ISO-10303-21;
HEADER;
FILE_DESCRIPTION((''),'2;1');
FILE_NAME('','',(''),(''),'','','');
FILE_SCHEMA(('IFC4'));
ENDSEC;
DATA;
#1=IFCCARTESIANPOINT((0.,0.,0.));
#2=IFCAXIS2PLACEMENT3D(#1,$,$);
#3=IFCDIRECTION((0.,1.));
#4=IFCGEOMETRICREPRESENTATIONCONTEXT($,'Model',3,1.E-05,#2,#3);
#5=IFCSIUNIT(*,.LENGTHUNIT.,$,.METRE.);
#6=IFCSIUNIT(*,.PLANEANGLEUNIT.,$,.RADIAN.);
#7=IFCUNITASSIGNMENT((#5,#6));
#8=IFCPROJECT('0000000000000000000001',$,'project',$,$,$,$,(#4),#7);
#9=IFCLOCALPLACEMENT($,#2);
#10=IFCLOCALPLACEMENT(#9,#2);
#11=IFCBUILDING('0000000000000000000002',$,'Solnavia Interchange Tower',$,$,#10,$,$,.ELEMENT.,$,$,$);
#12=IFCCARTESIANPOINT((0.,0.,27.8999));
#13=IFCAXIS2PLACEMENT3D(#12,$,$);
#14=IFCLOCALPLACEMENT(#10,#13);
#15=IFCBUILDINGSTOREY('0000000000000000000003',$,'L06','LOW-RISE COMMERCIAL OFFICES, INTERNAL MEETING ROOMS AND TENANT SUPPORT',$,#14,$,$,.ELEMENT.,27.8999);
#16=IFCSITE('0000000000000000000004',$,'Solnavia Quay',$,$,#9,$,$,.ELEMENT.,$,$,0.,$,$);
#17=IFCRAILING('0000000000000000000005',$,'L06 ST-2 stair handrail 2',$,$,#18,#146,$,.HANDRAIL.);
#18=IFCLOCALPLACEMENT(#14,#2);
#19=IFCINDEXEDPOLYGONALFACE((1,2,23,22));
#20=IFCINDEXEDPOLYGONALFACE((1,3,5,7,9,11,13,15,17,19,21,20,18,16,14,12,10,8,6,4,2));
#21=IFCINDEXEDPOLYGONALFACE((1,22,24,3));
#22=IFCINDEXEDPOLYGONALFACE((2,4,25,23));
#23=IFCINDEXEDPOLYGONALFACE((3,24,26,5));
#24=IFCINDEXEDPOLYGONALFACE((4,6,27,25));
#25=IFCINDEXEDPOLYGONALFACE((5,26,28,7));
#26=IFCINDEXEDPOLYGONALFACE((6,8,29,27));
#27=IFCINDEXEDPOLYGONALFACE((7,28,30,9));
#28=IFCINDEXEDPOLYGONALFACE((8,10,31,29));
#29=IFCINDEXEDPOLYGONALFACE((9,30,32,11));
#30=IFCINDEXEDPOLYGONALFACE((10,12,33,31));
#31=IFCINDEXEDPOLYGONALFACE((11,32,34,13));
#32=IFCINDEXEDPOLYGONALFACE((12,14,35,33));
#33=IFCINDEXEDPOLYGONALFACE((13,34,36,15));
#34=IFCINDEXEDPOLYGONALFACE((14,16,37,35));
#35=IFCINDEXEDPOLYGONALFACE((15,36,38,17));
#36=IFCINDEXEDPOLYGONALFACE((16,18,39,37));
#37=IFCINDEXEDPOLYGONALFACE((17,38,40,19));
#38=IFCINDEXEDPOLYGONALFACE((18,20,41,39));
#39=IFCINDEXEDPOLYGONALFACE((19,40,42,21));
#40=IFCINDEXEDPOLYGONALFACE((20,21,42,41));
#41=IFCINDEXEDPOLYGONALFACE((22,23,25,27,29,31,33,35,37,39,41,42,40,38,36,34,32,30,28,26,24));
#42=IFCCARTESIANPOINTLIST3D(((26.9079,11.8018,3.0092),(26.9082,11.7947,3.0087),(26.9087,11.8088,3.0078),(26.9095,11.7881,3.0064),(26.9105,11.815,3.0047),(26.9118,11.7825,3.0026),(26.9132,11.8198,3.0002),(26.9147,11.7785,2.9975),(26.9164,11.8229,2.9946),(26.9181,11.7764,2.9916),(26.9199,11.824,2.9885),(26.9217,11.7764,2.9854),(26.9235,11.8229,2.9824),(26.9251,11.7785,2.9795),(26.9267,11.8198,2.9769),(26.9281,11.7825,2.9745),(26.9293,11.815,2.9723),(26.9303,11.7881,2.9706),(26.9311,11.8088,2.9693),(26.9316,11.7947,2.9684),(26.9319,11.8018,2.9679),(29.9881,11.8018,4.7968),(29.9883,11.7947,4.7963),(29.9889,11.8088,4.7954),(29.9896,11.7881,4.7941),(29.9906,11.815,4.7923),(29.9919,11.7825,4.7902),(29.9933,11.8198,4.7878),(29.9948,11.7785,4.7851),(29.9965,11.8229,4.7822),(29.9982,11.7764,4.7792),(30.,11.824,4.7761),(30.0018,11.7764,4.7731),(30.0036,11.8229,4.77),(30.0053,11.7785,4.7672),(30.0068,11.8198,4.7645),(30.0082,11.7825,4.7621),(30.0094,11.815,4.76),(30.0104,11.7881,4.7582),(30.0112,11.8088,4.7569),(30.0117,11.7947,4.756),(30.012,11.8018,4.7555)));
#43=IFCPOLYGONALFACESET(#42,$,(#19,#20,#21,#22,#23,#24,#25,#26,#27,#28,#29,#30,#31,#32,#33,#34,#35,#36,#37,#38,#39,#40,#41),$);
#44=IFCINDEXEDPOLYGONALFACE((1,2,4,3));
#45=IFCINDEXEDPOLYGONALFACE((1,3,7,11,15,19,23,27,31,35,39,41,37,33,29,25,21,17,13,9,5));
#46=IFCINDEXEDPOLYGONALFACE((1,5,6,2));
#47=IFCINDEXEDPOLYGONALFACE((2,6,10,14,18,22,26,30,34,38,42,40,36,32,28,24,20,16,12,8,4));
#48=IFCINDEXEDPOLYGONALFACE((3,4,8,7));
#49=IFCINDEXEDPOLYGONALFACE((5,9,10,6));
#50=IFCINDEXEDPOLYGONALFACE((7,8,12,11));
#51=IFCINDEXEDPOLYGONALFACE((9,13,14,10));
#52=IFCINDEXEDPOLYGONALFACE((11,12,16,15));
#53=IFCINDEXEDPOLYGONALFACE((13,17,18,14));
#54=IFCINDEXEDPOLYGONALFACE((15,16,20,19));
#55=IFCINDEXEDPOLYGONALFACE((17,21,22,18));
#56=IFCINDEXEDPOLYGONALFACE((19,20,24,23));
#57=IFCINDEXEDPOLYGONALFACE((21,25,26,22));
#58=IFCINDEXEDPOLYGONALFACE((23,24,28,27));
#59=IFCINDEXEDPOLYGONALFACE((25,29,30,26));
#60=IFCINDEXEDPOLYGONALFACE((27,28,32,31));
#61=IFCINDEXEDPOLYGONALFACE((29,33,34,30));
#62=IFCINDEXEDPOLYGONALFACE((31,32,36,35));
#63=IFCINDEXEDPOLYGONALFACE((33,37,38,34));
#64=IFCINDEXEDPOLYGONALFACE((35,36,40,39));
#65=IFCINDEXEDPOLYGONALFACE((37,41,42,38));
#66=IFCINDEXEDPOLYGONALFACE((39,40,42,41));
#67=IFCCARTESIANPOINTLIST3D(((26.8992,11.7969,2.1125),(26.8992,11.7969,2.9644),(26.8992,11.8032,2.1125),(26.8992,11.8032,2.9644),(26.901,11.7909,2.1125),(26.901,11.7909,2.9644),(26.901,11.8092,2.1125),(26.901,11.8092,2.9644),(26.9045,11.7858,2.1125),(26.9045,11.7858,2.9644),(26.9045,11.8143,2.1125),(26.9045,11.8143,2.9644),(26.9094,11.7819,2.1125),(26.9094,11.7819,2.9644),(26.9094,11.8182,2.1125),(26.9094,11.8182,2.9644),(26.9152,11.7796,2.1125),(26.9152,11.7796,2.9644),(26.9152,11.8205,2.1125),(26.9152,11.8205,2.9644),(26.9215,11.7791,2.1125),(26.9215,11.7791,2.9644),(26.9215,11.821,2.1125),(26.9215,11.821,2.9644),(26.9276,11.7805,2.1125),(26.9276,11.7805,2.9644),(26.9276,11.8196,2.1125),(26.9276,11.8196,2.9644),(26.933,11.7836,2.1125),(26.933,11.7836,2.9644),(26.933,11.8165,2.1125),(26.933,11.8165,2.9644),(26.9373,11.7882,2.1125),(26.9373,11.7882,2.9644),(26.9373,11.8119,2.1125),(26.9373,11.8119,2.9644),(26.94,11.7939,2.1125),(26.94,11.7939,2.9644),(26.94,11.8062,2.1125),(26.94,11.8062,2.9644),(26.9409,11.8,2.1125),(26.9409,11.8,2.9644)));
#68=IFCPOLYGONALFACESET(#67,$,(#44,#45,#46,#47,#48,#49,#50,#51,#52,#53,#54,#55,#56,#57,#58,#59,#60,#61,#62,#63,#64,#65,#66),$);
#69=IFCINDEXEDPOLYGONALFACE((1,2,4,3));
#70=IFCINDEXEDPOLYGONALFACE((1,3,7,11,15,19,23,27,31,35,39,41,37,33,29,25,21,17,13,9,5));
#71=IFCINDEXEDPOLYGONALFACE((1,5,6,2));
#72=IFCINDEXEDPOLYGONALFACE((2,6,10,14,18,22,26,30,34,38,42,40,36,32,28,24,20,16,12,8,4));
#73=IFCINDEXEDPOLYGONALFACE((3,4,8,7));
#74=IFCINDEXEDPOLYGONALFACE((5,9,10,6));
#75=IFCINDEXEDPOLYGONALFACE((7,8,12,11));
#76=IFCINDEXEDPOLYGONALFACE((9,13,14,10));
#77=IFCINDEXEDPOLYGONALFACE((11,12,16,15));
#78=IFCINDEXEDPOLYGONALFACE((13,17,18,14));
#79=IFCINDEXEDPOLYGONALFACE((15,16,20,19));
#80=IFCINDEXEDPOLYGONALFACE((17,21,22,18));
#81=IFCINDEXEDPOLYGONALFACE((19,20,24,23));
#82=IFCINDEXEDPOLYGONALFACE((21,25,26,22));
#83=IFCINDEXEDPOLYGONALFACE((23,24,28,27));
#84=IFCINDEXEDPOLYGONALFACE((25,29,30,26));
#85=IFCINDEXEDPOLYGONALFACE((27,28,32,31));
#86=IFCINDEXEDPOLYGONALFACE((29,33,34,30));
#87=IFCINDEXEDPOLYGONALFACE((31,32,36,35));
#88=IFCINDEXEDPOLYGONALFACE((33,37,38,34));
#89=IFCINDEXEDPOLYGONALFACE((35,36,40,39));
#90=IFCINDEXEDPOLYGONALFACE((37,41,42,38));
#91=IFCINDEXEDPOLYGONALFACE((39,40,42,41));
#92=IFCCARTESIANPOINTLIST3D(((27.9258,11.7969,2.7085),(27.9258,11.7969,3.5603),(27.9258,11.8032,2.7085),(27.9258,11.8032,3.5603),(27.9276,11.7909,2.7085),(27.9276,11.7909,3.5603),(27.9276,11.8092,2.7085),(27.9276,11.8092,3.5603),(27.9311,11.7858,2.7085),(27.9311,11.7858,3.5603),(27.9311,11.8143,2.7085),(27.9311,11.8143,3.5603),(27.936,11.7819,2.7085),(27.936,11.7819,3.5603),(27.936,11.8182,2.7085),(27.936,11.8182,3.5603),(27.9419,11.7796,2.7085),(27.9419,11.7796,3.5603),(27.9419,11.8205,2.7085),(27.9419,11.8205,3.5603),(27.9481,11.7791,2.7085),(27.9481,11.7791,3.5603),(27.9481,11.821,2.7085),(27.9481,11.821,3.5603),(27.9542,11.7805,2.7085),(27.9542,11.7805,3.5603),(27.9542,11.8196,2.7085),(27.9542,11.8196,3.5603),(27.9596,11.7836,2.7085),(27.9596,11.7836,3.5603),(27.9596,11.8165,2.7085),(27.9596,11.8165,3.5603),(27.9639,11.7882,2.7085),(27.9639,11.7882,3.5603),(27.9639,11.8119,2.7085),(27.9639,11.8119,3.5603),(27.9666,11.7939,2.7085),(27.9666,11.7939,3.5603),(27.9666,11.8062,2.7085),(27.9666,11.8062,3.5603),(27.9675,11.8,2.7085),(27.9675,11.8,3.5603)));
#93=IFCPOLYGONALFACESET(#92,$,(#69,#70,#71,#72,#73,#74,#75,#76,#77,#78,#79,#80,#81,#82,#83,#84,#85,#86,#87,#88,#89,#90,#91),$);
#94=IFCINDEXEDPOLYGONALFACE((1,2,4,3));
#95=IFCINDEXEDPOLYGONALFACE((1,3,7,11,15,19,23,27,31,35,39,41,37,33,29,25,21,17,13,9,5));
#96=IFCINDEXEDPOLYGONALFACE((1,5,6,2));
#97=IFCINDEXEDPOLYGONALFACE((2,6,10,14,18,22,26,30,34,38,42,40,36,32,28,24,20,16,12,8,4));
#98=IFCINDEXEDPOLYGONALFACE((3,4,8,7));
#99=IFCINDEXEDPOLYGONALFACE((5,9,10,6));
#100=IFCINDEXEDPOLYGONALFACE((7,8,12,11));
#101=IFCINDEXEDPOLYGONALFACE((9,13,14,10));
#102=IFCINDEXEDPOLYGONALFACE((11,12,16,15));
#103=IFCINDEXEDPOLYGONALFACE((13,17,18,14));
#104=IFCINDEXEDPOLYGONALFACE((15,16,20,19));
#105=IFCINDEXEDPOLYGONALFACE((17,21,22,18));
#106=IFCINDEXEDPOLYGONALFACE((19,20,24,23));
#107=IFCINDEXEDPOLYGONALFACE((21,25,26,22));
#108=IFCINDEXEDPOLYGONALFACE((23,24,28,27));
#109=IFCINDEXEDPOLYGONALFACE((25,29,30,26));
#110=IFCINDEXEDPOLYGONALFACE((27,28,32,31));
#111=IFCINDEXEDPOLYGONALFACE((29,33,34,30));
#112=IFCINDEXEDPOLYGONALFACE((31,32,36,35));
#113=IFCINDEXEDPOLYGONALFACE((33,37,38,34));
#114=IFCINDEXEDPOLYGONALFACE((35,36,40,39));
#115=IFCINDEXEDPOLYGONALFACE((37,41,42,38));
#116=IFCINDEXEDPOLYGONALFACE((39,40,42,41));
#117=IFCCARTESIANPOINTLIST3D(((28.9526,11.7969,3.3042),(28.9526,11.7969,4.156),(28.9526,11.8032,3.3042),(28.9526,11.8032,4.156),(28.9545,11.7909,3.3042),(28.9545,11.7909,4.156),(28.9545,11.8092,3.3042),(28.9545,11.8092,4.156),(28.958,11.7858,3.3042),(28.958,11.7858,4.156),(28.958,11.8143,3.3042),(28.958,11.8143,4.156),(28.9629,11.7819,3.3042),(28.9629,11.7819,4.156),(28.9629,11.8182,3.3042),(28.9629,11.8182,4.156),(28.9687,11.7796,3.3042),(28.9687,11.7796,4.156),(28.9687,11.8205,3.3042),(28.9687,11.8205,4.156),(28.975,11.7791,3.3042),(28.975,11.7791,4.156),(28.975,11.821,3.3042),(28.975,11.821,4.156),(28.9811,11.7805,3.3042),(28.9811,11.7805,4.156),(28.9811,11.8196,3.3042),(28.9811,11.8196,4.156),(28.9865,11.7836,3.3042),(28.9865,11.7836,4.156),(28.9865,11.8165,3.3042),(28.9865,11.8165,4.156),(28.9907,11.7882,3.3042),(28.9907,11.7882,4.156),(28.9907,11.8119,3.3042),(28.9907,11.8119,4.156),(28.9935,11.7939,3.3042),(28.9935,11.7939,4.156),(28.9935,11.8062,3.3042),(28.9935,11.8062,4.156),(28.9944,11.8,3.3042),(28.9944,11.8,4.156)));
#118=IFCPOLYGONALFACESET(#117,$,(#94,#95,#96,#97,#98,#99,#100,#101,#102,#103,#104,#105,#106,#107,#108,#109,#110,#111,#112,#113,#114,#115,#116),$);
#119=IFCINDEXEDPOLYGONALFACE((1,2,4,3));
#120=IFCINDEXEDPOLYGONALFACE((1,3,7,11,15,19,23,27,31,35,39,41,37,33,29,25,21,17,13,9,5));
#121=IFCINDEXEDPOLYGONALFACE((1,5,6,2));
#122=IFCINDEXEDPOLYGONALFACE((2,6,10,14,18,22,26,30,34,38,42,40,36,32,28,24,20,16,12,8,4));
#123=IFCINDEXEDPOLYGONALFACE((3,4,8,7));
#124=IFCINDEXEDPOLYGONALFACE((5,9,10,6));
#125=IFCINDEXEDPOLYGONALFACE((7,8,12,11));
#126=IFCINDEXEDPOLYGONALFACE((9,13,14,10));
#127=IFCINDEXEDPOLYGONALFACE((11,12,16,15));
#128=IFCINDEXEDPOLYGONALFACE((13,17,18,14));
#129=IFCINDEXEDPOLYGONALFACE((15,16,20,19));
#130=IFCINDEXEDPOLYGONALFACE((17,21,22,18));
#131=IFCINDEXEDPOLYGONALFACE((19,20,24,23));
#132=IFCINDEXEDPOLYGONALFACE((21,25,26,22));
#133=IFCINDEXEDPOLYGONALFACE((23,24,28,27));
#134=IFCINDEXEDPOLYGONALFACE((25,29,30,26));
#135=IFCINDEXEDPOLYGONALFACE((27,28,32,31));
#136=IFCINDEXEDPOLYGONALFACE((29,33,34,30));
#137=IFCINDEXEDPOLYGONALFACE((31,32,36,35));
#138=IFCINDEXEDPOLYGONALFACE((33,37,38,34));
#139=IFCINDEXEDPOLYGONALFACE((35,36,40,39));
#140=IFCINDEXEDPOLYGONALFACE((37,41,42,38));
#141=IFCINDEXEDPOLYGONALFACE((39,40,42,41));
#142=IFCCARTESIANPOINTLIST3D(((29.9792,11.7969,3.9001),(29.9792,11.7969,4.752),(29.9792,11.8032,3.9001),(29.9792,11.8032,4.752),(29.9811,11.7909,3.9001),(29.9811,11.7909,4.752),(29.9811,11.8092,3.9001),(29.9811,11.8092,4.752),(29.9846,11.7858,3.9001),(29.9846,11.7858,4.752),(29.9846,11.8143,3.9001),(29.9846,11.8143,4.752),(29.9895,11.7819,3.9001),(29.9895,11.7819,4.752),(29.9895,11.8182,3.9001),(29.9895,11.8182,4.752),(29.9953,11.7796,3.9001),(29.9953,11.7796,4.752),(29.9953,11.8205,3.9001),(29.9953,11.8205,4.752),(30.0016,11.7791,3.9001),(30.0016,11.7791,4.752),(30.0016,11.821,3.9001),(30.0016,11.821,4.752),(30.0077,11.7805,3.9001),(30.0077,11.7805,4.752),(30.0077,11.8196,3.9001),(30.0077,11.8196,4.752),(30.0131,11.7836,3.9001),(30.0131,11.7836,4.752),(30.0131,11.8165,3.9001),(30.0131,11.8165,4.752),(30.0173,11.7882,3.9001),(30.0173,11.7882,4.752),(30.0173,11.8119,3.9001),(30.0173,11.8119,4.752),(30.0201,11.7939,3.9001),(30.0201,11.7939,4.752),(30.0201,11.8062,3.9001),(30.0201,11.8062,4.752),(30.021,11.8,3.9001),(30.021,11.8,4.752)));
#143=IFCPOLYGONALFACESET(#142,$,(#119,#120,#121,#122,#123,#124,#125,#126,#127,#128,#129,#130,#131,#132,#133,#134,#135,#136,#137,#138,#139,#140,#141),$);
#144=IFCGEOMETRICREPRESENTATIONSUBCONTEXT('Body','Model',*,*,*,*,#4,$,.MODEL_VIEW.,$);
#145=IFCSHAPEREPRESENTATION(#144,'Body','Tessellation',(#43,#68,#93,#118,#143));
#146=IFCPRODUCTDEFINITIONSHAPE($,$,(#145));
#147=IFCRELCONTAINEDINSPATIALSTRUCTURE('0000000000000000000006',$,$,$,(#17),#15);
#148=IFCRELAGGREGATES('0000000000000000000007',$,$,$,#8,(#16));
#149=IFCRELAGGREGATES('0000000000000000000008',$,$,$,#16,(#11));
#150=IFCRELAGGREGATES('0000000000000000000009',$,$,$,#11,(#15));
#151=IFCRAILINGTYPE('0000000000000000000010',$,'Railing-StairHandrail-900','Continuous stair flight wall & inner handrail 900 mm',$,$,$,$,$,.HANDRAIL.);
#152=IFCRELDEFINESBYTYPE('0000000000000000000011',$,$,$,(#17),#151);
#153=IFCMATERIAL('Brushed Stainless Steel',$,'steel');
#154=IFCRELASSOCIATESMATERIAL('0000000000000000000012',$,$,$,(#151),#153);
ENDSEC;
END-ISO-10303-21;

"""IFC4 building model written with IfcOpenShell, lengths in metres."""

from ifc_helpers import new_model, si_unit, direction, frame, origin, origin_2d, place, context, subcontext, project, spatial, circle, extrude, material, type_object, element, save


model = new_model("IFC4")

# Units and contexts
model_context = context("Model", 3, precision=1e-05, world=origin(), true_north=direction((0.0, 1.0)))
body_context = subcontext(model_context, "Body", "Model", "MODEL_VIEW")
ifc_project = project(units=[si_unit("LENGTHUNIT", "METRE"), si_unit("PLANEANGLEUNIT", "RADIAN")], contexts=[model_context])

# Site, building, storey
site_placement = place(None, origin())
site = spatial("IfcSite", under=ifc_project, at=site_placement, Name="Solnavia Quay", CompositionType="ELEMENT", RefElevation=0.0)
building_placement = place(site_placement, origin())
building = spatial("IfcBuilding", under=site, at=building_placement, Name="Solnavia Interchange Tower", CompositionType="ELEMENT")
storey_placement = place(building_placement, frame((0.0, 0.0, 27.8999)))
storey = spatial("IfcBuildingStorey", under=building, at=storey_placement, Name="L06", Description="LOW-RISE COMMERCIAL OFFICES, INTERNAL MEETING ROOMS AND TENANT SUPPORT", CompositionType="ELEMENT", Elevation=27.8999)

# Railing
ifc_material_1 = material(Name="Brushed Stainless Steel", Category="steel")
railing_type_1 = type_object("IfcRailingType", Name="Railing-StairHandrail-900", Description="Continuous stair flight wall & inner handrail 900 mm", PredefinedType="HANDRAIL", material=ifc_material_1)
railing_1_placement = place(storey_placement, frame((26.9199, 11.8, 2.1125)))
element("IfcRailing", 1, at=railing_1_placement, inside=storey, type_object=railing_type_1, Name="L06 ST-2 stair handrail 2", PredefinedType="HANDRAIL", context=body_context, shape_type="SweptSolid", body=[
    extrude(circle(Radius=0.0239, at=origin_2d()), frame((0.0, 0.0, 0.876), z_axis=(0.864891, 0.0, 0.50196), x_axis=(0.0, 1.0, 0.0)), (0.0, 0.0, 1.0), 3.5613),
    extrude(circle(Radius=0.021, at=origin_2d()), origin(), (0.0, 0.0, 1.0), 0.8518),
    extrude(circle(Radius=0.021, at=origin_2d()), frame((1.0266, 0.0, 0.5959)), (0.0, 0.0, 1.0), 0.8518),
    extrude(circle(Radius=0.021, at=origin_2d()), frame((2.0535, 0.0, 1.1917)), (0.0, 0.0, 1.0), 0.8518),
    extrude(circle(Radius=0.021, at=origin_2d()), frame((3.0801, 0.0, 1.7876)), (0.0, 0.0, 1.0), 0.8518),
])

save(model, "model.ifc")
